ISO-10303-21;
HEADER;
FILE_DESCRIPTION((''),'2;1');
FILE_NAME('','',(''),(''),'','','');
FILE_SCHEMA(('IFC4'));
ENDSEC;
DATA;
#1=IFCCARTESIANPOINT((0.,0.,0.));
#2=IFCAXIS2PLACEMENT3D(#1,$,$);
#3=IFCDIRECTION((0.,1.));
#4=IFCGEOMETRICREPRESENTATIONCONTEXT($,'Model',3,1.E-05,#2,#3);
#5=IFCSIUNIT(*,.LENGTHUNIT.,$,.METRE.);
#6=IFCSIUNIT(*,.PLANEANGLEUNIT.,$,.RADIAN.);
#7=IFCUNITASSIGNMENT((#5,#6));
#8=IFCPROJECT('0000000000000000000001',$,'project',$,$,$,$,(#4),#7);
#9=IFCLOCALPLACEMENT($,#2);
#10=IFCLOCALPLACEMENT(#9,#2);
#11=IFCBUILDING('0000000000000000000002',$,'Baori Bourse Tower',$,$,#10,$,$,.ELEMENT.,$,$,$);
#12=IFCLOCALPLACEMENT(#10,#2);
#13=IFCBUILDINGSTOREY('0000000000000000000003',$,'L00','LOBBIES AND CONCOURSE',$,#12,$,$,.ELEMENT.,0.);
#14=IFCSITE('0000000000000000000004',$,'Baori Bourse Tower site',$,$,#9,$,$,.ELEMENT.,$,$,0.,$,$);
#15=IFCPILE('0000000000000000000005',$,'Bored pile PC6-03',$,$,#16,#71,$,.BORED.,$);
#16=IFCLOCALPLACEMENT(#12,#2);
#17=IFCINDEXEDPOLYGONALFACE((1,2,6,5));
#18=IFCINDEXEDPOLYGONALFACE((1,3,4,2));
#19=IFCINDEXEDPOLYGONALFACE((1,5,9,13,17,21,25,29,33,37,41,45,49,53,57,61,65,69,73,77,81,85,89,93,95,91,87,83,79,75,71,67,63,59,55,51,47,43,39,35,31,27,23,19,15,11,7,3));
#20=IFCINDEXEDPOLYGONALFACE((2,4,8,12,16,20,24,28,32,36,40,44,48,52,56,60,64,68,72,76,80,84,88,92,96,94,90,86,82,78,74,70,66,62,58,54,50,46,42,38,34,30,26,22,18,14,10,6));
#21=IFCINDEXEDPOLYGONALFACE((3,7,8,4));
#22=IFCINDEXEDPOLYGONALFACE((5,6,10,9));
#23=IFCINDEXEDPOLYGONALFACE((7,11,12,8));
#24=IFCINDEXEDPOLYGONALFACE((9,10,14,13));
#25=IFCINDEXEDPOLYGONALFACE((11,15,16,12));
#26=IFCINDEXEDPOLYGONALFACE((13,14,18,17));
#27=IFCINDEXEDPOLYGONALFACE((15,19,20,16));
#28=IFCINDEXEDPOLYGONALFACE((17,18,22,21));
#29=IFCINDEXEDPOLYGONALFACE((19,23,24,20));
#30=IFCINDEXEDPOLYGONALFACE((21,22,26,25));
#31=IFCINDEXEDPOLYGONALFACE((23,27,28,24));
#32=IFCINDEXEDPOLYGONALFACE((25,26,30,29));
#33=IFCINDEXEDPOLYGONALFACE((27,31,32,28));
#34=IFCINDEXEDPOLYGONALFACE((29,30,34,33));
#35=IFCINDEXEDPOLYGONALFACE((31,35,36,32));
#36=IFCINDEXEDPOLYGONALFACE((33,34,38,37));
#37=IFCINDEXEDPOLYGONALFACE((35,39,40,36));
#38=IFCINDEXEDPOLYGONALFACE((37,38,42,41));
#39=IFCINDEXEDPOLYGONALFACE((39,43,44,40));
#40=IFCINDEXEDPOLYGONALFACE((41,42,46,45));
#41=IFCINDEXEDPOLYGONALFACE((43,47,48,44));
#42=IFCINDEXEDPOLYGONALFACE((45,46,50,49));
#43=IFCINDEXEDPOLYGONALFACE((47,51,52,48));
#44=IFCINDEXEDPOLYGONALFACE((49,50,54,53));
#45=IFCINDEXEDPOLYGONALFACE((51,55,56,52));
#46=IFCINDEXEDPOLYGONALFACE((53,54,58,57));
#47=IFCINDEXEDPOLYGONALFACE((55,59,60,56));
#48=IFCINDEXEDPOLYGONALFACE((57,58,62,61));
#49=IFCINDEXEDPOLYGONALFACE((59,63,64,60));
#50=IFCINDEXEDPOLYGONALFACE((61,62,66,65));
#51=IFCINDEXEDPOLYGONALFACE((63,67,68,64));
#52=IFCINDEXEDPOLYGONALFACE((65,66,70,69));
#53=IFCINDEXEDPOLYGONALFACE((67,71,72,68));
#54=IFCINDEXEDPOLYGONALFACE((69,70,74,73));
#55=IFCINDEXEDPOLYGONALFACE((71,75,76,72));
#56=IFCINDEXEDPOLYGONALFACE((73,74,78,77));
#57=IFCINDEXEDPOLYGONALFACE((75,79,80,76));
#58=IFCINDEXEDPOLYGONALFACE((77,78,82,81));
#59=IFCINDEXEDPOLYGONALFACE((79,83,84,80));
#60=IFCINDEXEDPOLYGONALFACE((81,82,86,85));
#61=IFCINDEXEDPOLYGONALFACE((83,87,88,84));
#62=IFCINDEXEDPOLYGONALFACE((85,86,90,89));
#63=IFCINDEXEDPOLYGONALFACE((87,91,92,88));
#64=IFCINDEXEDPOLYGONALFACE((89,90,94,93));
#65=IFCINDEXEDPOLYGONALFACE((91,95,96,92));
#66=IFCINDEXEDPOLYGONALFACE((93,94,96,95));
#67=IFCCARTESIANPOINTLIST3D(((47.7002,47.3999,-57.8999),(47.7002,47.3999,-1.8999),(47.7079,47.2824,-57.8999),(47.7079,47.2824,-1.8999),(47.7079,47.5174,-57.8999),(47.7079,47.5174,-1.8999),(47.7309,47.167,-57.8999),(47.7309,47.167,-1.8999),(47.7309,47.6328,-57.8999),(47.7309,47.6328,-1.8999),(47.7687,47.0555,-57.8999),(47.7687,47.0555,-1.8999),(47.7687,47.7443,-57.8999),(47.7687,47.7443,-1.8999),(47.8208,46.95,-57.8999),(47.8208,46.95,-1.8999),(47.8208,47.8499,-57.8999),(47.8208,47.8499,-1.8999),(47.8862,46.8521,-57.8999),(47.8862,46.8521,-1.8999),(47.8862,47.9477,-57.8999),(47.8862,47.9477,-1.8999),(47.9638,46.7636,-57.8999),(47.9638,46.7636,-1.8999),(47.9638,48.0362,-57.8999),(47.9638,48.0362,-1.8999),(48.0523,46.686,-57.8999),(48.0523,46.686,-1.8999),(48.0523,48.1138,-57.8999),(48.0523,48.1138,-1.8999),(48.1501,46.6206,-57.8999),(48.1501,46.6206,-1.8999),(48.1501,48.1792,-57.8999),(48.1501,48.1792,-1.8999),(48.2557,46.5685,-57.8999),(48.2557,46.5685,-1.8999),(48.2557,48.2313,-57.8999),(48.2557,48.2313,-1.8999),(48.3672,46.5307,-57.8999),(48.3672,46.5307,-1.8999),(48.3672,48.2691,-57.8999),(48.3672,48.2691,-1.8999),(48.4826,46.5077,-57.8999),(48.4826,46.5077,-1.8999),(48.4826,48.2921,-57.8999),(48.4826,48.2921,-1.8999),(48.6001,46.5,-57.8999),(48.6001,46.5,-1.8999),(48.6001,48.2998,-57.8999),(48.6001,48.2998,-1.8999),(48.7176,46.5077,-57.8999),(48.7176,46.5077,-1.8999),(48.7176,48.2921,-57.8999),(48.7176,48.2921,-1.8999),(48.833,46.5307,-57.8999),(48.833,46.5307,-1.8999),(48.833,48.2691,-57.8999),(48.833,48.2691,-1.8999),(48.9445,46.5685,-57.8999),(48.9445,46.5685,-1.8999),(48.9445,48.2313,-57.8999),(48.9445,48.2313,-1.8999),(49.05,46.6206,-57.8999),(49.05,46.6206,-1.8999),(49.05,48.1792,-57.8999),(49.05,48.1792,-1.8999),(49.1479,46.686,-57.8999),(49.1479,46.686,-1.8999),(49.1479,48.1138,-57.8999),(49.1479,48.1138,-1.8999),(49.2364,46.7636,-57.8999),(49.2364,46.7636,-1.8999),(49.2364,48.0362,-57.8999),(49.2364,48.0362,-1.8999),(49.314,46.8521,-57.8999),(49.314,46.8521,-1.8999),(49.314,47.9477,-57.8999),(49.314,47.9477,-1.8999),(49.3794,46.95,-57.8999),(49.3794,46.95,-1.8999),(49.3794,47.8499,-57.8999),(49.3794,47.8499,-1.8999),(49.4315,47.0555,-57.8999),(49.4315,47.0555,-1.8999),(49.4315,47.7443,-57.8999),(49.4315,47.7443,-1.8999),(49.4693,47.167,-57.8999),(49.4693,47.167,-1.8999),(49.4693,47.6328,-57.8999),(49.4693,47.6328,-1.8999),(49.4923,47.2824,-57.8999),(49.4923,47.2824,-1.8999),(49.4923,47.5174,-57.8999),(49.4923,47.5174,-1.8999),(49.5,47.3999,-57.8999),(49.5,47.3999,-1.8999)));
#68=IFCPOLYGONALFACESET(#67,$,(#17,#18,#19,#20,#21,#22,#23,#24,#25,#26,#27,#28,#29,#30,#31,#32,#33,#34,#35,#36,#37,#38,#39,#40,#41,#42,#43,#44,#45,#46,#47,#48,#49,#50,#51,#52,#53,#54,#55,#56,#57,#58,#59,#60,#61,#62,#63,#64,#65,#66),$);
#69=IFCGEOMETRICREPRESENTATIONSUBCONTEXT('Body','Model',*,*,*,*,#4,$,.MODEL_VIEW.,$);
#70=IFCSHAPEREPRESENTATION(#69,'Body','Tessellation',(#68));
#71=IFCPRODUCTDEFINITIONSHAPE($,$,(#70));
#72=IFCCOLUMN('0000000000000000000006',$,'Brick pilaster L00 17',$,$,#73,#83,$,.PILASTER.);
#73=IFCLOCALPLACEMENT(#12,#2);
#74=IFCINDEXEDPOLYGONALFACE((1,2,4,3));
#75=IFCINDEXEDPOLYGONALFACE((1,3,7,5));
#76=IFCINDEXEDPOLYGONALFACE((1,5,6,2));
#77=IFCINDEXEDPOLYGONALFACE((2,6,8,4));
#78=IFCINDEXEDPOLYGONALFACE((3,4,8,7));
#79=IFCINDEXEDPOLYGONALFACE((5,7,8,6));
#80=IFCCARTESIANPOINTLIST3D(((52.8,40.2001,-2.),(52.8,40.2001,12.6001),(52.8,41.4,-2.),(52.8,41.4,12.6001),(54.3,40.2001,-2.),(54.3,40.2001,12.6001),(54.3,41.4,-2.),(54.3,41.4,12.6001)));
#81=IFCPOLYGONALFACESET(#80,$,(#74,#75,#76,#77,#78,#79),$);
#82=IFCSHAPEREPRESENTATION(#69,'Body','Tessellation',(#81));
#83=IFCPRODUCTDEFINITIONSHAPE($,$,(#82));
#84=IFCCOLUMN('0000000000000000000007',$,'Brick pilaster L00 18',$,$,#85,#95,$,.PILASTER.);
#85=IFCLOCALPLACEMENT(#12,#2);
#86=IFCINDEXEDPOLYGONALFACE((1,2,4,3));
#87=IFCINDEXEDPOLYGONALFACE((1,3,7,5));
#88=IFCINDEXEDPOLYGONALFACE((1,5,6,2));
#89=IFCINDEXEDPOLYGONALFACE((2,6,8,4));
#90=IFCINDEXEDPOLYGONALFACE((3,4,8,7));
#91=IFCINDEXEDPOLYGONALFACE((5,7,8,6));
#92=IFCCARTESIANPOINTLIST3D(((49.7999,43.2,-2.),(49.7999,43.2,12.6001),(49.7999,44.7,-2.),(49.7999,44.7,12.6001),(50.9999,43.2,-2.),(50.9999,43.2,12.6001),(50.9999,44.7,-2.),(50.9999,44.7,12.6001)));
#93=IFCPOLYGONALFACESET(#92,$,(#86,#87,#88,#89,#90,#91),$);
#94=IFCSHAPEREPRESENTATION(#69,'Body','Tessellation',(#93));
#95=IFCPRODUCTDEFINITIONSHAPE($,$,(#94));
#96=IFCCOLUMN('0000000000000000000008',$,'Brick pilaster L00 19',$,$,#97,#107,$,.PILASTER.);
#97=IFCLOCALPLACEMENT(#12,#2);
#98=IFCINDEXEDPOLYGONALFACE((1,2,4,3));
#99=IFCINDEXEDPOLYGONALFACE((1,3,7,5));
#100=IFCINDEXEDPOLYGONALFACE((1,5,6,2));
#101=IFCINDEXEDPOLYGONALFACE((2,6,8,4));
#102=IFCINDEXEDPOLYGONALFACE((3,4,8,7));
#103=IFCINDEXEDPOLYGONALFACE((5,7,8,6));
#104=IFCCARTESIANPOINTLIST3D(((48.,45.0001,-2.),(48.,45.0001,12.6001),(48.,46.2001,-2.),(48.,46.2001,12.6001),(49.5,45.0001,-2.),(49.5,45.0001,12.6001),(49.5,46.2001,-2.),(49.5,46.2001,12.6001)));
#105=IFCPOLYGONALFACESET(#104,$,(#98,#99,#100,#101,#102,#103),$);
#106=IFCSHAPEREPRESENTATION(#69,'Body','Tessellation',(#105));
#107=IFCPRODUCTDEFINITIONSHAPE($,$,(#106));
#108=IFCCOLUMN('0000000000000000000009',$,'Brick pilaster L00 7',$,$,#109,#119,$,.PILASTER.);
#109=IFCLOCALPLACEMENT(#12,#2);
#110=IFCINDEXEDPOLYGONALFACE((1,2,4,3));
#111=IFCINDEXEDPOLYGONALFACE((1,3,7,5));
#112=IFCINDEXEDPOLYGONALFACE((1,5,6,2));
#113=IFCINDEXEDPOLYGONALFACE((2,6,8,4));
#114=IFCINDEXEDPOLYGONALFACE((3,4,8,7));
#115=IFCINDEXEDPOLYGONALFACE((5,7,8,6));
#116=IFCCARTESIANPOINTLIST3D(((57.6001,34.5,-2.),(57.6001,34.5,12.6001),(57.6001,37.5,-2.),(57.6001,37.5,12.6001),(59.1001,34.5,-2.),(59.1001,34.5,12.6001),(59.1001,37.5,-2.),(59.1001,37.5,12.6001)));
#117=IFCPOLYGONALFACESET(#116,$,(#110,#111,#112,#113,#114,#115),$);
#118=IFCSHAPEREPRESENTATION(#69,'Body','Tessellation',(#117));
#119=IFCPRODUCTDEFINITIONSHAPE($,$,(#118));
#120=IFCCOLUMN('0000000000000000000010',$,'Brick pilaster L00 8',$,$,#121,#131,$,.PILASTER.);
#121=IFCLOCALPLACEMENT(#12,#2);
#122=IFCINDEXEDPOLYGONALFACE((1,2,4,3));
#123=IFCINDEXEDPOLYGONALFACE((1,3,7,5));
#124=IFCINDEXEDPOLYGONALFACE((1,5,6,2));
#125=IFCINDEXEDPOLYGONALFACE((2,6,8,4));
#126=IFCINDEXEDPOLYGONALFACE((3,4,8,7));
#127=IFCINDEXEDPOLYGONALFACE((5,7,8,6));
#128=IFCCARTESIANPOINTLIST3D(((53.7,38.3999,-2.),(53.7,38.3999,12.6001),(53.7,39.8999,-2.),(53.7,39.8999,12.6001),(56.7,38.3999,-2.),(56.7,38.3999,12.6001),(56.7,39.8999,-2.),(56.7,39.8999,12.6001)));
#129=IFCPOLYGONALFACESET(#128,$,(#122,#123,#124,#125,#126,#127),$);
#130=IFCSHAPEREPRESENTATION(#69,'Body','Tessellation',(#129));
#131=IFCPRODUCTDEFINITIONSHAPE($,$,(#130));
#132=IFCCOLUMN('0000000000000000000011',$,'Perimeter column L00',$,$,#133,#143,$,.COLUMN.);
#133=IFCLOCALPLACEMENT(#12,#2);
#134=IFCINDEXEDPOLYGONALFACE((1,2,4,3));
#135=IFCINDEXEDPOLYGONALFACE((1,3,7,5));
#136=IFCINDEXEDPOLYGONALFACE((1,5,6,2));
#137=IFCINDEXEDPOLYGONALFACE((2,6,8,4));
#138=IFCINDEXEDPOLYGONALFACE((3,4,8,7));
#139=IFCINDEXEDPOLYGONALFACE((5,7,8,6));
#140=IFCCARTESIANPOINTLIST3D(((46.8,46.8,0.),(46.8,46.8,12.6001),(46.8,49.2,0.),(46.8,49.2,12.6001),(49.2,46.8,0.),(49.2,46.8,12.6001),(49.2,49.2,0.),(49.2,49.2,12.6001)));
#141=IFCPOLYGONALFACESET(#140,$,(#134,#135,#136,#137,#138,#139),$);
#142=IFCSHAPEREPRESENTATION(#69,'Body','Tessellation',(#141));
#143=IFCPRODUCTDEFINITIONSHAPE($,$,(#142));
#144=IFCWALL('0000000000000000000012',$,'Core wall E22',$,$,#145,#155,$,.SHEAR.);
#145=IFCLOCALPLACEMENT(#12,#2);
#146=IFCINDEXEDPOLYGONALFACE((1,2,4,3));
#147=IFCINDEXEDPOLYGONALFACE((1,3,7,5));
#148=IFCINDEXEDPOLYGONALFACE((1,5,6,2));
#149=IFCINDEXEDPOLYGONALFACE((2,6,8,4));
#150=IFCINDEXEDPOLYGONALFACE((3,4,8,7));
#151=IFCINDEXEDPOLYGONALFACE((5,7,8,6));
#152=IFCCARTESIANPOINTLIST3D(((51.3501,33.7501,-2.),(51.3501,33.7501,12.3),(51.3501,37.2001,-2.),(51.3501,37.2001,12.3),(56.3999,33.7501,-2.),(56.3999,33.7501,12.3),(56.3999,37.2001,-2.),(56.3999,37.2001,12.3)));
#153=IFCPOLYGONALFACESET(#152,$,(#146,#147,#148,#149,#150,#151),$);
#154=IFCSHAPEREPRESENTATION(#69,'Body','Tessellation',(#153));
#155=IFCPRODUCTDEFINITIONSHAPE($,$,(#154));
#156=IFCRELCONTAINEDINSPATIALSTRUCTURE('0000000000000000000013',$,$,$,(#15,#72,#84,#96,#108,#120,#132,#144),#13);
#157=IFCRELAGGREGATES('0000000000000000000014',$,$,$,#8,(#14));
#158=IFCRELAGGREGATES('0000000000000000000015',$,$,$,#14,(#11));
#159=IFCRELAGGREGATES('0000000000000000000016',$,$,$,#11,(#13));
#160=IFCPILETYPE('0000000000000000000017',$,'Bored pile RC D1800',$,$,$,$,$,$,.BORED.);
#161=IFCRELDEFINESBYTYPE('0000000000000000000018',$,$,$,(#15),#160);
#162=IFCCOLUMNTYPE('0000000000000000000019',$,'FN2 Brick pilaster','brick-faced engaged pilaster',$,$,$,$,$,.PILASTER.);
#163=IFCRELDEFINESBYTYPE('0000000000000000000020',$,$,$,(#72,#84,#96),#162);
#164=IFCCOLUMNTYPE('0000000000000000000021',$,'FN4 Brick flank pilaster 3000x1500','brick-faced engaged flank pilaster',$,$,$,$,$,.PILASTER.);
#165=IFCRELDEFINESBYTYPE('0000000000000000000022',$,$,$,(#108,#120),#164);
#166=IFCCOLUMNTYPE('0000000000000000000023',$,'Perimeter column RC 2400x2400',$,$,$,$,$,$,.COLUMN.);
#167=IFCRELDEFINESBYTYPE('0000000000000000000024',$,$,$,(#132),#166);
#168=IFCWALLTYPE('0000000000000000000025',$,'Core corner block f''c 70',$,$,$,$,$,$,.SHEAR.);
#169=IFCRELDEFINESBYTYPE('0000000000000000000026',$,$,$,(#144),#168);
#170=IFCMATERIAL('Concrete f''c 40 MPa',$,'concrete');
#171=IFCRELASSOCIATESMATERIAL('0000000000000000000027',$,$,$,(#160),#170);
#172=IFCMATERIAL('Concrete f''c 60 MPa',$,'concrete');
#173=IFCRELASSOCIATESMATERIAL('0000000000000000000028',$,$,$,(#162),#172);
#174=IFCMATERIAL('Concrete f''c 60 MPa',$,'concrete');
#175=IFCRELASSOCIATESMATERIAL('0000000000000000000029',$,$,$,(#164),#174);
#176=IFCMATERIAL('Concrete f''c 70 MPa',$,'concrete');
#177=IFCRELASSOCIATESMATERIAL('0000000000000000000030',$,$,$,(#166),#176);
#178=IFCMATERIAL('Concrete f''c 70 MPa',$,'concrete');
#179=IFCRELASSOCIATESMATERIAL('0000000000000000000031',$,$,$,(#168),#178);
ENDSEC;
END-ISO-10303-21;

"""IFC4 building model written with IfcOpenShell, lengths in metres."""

from ifc_helpers import new_model, si_unit, direction, frame, frame_2d, origin, origin_2d, place, context, subcontext, project, spatial, rectangle, circle, extrude, material, material_profile, profile_set, type_object, element, save


model = new_model("IFC4")

# Units and contexts
model_context = context("Model", 3, precision=1e-05, world=origin(), true_north=direction((0.0, 1.0)))
body_context = subcontext(model_context, "Body", "Model", "MODEL_VIEW")
ifc_project = project(units=[si_unit("LENGTHUNIT", "METRE"), si_unit("PLANEANGLEUNIT", "RADIAN")], contexts=[model_context])

# Site, building, storey
site_placement = place(None, origin())
site = spatial("IfcSite", under=ifc_project, at=site_placement, Name="Baori Bourse Tower site", CompositionType="ELEMENT", RefElevation=0.0)
building_placement = place(site_placement, origin())
building = spatial("IfcBuilding", under=site, at=building_placement, Name="Baori Bourse Tower", CompositionType="ELEMENT")
storey_placement = place(building_placement, origin())
storey = spatial("IfcBuildingStorey", under=building, at=storey_placement, Name="L00", Description="LOBBIES AND CONCOURSE", CompositionType="ELEMENT", Elevation=0.0)

# Pile
ifc_material_1 = material(Name="Concrete f'c 40 MPa", Category="concrete")
ifc_material_profile_1 = material_profile(ifc_material_1, circle(Radius=0.8999, at=origin_2d()), Name="RC D1800")
ifc_profile_set_1 = profile_set([ifc_material_profile_1], Name="Concrete f'c 40 MPa")
pile_type = type_object("IfcPileType", Name="Bored pile RC D1800", PredefinedType="BORED", material=ifc_profile_set_1)
pile_placement = place(storey_placement, frame((48.6001, 47.3999, -1.8999), z_axis=(0.0, 0.0, -1.0), x_axis=(1.0, 0.0, 0.0)))
element("IfcPile", 1, at=pile_placement, inside=storey, type_object=pile_type, Name="Bored pile PC6-03", PredefinedType="BORED", context=body_context, shape_type="SweptSolid", body=[
    extrude(circle(Radius=0.8999, at=origin_2d()), origin(), (0.0, 0.0, 1.0), 56.0),
])

# Columns
ifc_material_2 = material(Name="Concrete f'c 60 MPa", Category="concrete")
ifc_material_profile_2 = material_profile(ifc_material_2, rectangle(XDim=1.2, YDim=1.5, at=origin_2d()), Name="RC 1200x1500")
ifc_profile_set_2 = profile_set([ifc_material_profile_2], Name="Concrete f'c 60 MPa")
column_type_1 = type_object("IfcColumnType", Name="FN2 Brick pilaster", Description="brick-faced engaged pilaster", PredefinedType="PILASTER", material=ifc_profile_set_2)
for number, where, z_axis, x_axis, name in (
    (2, (53.55, 40.8, -2.0), (0.0, 0.0, 1.0), (0.0, 1.0, 0.0), "Brick pilaster L00 17"),
    (3, (50.3999, 43.95, -2.0), (0.0, 0.0, 1.0), (1.0, 0.0, 0.0), "Brick pilaster L00 18"),
    (4, (48.75, 45.6001, -2.0), (0.0, 0.0, 1.0), (0.0, 1.0, 0.0), "Brick pilaster L00 19"),
):
    element("IfcColumn", number, at=place(storey_placement, frame(where, z_axis=z_axis, x_axis=x_axis)), inside=storey, type_object=column_type_1, Name=name, PredefinedType="PILASTER", context=body_context, shape_type="SweptSolid", body=[
        extrude(rectangle(XDim=1.2, YDim=1.5, at=origin_2d()), origin(), (0.0, 0.0, 1.0), 14.6001),
    ])
ifc_material_3 = material(Name="Concrete f'c 60 MPa", Category="concrete")
ifc_material_profile_3 = material_profile(ifc_material_3, rectangle(XDim=3.0, YDim=1.5, at=origin_2d()), Name="RC 3000x1500")
ifc_profile_set_3 = profile_set([ifc_material_profile_3], Name="Concrete f'c 60 MPa")
column_type_2 = type_object("IfcColumnType", Name="FN4 Brick flank pilaster 3000x1500", Description="brick-faced engaged flank pilaster", PredefinedType="PILASTER", material=ifc_profile_set_3)
for number, where, z_axis, x_axis, name in (
    (5, (58.3501, 36.0, -2.0), (0.0, 0.0, 1.0), (0.0, 1.0, 0.0), "Brick pilaster L00 7"),
    (6, (55.2, 39.1499, -2.0), (0.0, 0.0, 1.0), (1.0, 0.0, 0.0), "Brick pilaster L00 8"),
):
    element("IfcColumn", number, at=place(storey_placement, frame(where, z_axis=z_axis, x_axis=x_axis)), inside=storey, type_object=column_type_2, Name=name, PredefinedType="PILASTER", context=body_context, shape_type="SweptSolid", body=[
        extrude(rectangle(XDim=3.0, YDim=1.5, at=origin_2d()), origin(), (0.0, 0.0, 1.0), 14.6001),
    ])
ifc_material_4 = material(Name="Concrete f'c 70 MPa", Category="concrete")
ifc_material_profile_4 = material_profile(ifc_material_4, rectangle(XDim=2.3999, YDim=2.3999, at=origin_2d()), Name="RC 2400x2400")
ifc_profile_set_4 = profile_set([ifc_material_profile_4], Name="Concrete f'c 70 MPa")
column_type_3 = type_object("IfcColumnType", Name="Perimeter column RC 2400x2400", PredefinedType="COLUMN", material=ifc_profile_set_4)
column_placement = place(storey_placement, frame((48.0, 48.0, 0.0), z_axis=(0.0, 0.0, 1.0), x_axis=(1.0, 0.0, 0.0)))
element("IfcColumn", 7, at=column_placement, inside=storey, type_object=column_type_3, Name="Perimeter column L00", PredefinedType="COLUMN", context=body_context, shape_type="SweptSolid", body=[
    extrude(rectangle(XDim=2.3999, YDim=2.3999, at=origin_2d()), origin(), (0.0, 0.0, 1.0), 12.6001),
])

# Wall
ifc_material_5 = material(Name="Concrete f'c 70 MPa", Category="concrete")
wall_type_1 = type_object("IfcWallType", Name="Core corner block f'c 70", PredefinedType="SHEAR", material=ifc_material_5)
wall_1_placement = place(storey_placement, frame((51.3501, 35.4751, -2.0), z_axis=(0.0, 0.0, 1.0), x_axis=(1.0, 0.0, 0.0)))
element("IfcWall", 8, at=wall_1_placement, inside=storey, type_object=wall_type_1, Name="Core wall E22", PredefinedType="SHEAR", context=body_context, shape_type="SweptSolid", body=[
    extrude(rectangle(XDim=5.0498, YDim=3.45, at=frame_2d((2.5249, 0.0))), origin(), (0.0, 0.0, 1.0), 14.3),
])

save(model, "model.ifc")
